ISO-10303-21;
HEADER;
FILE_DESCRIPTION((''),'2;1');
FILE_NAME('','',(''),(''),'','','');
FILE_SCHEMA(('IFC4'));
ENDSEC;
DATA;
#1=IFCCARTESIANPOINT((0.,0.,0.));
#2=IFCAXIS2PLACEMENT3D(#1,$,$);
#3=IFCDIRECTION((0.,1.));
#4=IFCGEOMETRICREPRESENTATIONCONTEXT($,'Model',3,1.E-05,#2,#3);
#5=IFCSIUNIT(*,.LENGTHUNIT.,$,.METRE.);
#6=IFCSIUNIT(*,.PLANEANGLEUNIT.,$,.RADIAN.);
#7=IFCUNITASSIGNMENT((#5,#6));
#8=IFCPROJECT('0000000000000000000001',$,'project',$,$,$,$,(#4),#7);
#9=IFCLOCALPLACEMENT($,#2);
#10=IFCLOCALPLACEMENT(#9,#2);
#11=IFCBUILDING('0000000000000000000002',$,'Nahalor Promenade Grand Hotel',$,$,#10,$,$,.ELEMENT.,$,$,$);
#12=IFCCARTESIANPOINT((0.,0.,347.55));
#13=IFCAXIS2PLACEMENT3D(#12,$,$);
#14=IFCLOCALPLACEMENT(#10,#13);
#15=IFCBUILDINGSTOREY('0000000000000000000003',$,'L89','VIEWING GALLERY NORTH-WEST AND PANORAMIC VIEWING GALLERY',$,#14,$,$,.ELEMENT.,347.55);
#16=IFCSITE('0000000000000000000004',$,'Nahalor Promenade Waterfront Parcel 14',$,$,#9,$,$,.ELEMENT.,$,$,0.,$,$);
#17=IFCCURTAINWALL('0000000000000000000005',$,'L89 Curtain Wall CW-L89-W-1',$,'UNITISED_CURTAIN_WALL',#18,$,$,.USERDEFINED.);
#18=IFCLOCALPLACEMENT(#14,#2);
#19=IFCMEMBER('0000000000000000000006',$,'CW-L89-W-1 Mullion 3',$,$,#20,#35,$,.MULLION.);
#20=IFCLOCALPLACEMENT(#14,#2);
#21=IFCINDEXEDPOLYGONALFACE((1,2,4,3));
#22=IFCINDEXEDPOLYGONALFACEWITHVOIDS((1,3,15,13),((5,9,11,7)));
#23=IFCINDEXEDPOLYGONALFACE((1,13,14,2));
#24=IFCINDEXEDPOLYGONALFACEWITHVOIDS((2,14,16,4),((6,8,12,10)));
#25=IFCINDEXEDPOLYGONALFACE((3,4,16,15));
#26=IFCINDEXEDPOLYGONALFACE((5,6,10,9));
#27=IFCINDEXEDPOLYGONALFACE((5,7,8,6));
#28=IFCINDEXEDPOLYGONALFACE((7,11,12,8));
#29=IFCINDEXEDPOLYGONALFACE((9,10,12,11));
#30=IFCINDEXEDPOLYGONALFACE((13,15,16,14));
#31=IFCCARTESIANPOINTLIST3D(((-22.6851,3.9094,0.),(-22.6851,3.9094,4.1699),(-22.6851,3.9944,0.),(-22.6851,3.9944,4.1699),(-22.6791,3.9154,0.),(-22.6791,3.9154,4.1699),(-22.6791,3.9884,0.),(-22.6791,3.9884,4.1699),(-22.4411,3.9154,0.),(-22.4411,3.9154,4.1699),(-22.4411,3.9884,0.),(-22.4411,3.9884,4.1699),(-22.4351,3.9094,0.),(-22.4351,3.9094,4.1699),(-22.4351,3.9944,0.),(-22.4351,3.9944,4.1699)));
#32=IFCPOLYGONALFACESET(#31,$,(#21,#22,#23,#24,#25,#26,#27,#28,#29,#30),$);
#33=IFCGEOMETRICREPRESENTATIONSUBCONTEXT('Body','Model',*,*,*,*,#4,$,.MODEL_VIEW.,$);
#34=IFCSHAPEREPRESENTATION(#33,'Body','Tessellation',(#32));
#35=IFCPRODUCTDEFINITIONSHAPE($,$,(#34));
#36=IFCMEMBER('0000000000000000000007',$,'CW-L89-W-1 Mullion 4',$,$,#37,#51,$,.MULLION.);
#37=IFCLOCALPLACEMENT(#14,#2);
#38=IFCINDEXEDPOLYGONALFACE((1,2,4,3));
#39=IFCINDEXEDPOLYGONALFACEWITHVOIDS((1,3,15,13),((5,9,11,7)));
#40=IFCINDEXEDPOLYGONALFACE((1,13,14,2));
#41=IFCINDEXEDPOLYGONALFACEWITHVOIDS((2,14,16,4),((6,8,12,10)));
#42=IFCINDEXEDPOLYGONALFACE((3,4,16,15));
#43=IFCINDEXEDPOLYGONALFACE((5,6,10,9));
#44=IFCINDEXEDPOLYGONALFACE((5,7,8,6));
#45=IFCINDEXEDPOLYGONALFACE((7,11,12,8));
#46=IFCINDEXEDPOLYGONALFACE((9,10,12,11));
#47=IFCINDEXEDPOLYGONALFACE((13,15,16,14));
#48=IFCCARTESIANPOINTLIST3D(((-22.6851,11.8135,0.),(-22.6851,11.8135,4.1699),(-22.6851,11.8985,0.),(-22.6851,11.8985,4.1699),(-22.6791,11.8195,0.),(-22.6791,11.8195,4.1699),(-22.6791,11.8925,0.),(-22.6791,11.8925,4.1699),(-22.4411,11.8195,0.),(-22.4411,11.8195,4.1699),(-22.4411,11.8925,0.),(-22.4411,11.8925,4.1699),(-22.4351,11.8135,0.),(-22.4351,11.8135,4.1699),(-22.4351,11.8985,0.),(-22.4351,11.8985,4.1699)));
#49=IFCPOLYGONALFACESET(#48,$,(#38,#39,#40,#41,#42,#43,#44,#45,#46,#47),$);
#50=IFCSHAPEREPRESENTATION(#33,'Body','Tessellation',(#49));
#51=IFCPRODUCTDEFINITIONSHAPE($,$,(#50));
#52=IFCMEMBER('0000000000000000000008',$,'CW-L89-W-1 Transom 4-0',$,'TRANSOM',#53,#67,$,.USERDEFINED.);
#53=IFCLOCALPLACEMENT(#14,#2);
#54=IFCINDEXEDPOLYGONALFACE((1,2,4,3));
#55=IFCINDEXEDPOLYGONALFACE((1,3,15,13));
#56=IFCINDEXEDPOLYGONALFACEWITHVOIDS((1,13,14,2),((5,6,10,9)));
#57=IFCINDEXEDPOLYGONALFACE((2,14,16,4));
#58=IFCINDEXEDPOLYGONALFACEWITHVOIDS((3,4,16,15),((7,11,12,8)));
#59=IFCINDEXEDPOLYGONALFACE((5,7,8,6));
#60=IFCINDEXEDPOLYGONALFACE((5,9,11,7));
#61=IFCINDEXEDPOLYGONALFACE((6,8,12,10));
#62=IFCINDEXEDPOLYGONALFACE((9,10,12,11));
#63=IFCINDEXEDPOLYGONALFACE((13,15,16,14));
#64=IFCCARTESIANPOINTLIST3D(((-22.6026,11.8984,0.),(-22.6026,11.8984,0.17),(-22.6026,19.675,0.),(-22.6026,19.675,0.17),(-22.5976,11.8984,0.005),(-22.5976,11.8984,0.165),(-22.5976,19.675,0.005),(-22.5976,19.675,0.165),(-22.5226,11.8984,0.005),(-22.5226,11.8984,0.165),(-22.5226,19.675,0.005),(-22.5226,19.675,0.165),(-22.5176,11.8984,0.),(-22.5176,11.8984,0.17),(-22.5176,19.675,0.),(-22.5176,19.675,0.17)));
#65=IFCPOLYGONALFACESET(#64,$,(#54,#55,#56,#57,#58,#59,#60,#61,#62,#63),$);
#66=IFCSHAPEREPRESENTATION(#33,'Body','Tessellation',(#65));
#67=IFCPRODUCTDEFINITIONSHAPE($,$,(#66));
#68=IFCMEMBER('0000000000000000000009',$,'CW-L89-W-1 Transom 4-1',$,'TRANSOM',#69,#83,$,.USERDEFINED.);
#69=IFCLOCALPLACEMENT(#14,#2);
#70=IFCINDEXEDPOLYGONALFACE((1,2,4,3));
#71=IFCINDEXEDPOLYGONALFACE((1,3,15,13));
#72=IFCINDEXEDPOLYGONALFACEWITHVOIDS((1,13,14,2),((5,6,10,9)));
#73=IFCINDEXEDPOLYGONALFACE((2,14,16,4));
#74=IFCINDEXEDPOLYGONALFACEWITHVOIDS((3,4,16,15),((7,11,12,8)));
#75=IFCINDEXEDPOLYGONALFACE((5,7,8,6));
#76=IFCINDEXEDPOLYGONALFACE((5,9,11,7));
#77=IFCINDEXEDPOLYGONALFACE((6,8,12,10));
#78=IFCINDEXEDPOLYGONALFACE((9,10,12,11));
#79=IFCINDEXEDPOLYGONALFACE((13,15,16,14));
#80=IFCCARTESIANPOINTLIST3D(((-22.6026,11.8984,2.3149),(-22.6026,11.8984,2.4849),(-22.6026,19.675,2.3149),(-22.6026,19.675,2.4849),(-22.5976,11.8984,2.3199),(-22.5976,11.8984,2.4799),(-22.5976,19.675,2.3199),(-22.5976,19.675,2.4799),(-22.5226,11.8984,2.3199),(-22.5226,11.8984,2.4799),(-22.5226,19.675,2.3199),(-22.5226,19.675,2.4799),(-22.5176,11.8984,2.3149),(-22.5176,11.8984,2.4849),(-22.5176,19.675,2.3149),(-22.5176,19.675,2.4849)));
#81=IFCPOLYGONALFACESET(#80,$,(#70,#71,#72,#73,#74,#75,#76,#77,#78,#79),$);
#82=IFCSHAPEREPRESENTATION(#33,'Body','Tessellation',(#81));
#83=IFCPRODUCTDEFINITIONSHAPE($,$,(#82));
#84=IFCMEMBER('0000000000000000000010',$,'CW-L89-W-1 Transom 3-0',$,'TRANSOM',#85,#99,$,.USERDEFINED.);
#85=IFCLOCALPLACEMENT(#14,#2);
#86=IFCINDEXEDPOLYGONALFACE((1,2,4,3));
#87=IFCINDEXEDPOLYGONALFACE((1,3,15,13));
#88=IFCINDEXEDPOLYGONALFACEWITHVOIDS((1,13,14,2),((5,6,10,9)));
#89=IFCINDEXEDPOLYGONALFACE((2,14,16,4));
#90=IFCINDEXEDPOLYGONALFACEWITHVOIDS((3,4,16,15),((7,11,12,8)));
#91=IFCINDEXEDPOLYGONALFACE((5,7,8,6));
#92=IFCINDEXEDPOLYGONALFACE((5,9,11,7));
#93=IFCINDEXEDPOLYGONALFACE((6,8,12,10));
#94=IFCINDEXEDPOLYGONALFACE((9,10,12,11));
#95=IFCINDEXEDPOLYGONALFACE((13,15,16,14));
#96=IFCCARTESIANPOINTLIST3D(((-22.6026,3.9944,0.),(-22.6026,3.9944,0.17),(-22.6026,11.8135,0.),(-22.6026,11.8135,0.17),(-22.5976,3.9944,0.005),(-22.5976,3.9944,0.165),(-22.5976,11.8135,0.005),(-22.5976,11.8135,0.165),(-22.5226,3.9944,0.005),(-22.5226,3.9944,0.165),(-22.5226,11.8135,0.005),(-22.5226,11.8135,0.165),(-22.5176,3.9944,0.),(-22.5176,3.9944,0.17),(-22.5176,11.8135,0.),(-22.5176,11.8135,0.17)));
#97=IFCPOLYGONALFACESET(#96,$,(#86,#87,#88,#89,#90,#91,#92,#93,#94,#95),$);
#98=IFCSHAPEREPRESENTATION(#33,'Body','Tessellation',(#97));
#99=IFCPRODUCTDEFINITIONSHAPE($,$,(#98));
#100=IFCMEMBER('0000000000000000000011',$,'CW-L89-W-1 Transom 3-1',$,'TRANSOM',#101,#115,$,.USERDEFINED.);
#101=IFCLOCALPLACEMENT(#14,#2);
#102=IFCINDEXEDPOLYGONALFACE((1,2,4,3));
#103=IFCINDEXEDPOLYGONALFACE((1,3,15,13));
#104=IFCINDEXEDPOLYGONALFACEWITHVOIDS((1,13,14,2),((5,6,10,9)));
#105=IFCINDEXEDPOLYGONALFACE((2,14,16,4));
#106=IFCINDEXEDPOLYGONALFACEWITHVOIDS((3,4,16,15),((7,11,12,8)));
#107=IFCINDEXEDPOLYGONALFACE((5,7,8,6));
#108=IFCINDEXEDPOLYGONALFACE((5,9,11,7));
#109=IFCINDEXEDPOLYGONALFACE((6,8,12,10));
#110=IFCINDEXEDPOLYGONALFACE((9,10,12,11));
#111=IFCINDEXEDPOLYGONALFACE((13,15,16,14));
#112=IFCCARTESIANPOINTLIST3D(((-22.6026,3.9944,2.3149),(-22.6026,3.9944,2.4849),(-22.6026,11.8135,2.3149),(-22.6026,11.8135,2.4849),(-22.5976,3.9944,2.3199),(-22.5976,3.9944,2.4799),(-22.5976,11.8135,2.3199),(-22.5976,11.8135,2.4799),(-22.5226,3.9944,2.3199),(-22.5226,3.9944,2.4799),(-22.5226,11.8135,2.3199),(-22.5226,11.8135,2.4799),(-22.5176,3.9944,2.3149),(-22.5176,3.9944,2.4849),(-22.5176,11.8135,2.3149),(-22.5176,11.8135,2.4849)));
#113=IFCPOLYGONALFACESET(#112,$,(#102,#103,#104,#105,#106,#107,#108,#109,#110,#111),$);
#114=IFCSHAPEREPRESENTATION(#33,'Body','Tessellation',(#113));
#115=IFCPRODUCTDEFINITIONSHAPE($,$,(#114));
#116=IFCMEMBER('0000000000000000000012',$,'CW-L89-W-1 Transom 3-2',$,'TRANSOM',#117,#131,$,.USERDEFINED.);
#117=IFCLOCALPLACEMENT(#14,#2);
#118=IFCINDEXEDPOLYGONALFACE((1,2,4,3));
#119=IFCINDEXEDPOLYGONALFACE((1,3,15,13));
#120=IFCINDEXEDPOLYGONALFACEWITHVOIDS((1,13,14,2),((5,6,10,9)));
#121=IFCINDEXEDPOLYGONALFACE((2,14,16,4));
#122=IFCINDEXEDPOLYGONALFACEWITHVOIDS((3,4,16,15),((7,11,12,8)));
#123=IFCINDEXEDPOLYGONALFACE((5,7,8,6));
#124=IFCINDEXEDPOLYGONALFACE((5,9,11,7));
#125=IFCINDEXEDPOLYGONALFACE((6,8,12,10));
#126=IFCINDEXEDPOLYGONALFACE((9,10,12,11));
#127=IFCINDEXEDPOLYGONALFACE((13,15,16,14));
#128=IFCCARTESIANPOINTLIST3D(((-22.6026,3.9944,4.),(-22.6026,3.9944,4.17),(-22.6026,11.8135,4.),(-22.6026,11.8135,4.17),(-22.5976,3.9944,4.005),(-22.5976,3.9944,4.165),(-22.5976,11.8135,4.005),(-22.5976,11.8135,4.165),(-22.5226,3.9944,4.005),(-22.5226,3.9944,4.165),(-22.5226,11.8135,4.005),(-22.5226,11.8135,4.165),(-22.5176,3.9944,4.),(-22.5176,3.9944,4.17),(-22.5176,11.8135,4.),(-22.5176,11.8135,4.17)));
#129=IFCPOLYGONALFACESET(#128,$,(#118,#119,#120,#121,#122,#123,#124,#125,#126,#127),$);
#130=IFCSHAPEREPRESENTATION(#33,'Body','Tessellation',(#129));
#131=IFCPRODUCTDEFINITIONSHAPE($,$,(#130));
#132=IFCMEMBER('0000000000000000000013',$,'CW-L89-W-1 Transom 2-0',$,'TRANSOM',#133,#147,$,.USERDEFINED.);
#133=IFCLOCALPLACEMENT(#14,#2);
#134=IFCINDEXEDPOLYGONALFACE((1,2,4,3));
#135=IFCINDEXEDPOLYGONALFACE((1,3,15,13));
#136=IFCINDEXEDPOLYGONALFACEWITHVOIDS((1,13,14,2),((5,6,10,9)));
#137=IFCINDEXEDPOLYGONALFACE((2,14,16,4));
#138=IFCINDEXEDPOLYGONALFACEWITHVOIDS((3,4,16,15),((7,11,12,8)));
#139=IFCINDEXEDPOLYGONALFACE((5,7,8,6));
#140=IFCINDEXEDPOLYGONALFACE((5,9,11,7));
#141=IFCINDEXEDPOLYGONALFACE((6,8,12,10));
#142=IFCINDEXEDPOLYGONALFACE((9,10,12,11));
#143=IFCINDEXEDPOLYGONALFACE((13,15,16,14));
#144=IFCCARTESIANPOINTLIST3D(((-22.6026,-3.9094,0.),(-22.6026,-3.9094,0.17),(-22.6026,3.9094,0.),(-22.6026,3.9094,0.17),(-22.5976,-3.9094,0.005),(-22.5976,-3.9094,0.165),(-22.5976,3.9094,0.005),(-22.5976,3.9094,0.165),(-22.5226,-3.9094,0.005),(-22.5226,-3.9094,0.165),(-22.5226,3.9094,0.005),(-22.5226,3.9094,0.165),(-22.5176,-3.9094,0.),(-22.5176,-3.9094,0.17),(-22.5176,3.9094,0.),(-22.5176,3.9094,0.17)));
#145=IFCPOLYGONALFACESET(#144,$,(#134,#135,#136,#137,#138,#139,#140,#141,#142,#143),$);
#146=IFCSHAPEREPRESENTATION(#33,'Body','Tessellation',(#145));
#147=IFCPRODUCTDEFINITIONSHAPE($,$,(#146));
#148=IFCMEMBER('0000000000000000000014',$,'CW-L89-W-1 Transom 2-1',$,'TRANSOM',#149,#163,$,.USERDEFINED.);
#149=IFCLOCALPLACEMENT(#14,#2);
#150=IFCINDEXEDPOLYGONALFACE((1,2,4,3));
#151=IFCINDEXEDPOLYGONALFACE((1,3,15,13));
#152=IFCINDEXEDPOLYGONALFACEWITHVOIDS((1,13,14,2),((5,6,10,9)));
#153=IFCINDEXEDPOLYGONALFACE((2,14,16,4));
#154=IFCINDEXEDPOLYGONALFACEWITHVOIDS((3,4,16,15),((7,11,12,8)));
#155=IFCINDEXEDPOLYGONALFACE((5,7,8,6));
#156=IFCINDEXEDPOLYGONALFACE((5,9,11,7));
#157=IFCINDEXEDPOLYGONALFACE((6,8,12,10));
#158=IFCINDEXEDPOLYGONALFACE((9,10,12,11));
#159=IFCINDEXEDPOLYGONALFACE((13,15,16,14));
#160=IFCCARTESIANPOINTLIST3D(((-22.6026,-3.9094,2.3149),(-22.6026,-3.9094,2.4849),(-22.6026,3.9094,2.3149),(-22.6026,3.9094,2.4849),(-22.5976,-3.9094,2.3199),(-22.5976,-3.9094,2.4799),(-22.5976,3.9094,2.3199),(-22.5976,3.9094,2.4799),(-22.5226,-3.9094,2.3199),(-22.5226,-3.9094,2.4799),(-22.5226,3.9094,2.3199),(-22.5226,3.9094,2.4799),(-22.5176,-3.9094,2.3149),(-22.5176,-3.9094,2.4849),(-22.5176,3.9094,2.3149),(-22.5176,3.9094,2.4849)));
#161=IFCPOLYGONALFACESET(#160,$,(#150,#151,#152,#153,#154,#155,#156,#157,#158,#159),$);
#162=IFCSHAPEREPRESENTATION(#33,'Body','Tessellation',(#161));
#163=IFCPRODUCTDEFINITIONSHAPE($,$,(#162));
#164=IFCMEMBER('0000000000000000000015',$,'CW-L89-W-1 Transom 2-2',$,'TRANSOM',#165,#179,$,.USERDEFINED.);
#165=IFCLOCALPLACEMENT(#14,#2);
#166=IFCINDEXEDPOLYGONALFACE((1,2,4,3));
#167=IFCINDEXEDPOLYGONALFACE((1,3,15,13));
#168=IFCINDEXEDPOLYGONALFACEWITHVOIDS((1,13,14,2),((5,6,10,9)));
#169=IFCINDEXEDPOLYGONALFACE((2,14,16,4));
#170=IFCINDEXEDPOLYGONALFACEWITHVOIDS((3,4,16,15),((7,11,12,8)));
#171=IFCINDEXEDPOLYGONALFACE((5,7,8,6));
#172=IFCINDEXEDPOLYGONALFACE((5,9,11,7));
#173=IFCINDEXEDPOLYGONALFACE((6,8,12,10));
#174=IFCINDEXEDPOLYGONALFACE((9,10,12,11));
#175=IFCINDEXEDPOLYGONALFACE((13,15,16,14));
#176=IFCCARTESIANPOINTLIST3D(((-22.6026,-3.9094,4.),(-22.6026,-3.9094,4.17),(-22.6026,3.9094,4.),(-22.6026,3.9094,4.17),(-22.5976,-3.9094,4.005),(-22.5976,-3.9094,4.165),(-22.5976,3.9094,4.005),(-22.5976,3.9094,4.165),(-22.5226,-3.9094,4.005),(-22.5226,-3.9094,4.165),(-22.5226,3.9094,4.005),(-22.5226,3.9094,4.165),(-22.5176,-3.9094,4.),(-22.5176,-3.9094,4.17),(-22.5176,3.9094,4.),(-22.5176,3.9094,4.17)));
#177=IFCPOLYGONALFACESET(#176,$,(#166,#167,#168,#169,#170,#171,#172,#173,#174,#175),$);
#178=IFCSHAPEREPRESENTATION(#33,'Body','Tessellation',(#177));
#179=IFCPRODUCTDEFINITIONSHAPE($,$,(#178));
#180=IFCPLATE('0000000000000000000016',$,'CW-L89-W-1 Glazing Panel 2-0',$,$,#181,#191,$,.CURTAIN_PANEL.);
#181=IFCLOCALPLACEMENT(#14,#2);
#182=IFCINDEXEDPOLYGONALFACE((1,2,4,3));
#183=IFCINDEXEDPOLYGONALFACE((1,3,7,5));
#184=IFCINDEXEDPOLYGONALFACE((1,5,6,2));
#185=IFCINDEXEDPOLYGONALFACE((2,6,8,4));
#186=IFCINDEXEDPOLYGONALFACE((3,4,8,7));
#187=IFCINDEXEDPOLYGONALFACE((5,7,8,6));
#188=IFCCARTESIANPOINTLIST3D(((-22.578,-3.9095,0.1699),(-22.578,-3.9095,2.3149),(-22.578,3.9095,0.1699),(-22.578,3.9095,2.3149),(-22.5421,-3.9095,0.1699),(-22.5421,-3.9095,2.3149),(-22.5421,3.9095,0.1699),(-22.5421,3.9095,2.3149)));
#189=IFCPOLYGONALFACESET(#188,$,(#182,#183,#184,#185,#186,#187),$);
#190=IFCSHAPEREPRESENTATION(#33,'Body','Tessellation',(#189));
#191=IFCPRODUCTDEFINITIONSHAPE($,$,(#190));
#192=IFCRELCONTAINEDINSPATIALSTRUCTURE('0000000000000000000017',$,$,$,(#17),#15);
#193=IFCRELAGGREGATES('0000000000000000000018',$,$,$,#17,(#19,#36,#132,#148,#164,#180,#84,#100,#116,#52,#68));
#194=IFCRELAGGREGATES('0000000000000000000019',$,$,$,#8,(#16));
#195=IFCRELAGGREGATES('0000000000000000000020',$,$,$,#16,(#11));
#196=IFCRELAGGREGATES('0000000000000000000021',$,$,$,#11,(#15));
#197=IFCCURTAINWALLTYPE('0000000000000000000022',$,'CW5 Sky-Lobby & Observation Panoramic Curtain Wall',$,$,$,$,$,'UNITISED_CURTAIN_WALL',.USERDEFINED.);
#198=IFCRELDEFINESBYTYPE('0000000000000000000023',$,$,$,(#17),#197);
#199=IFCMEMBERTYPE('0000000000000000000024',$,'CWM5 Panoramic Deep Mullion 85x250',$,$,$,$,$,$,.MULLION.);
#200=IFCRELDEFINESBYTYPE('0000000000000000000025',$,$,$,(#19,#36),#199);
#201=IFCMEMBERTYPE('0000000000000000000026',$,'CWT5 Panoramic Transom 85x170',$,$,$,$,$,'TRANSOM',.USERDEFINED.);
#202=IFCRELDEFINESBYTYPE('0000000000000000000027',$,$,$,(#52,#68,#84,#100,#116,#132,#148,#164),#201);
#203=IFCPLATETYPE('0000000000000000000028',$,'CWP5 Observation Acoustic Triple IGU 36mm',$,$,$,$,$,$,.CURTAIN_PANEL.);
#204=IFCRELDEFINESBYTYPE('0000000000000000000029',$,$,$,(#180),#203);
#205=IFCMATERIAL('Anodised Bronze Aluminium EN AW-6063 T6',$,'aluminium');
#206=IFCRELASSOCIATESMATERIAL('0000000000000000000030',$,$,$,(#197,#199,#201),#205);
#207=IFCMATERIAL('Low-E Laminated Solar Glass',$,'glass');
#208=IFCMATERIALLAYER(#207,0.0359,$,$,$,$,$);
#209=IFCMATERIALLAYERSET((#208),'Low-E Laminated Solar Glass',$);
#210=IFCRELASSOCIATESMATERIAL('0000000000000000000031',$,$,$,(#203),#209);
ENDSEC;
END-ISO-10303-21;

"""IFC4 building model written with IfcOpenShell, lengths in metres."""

from ifc_helpers import new_model, si_unit, direction, frame, origin, origin_2d, place, context, subcontext, project, spatial, rectangle, hollow_rectangle, extrude, source, transform, mapped, material, layer, layer_set, material_profile, profile_set, type_object, element, aggregate, save


model = new_model("IFC4")

# Units and contexts
model_context = context("Model", 3, precision=1e-05, world=origin(), true_north=direction((0.0, 1.0)))
body_context = subcontext(model_context, "Body", "Model", "MODEL_VIEW")
ifc_project = project(units=[si_unit("LENGTHUNIT", "METRE"), si_unit("PLANEANGLEUNIT", "RADIAN")], contexts=[model_context])

# Site, building, storey
site_placement = place(None, origin())
site = spatial("IfcSite", under=ifc_project, at=site_placement, Name="Nahalor Promenade Waterfront Parcel 14", CompositionType="ELEMENT", RefElevation=0.0)
building_placement = place(site_placement, origin())
building = spatial("IfcBuilding", under=site, at=building_placement, Name="Nahalor Promenade Grand Hotel", CompositionType="ELEMENT")
storey_placement = place(building_placement, frame((0.0, 0.0, 347.55)))
storey = spatial("IfcBuildingStorey", under=building, at=storey_placement, Name="L89", Description="VIEWING GALLERY NORTH-WEST AND PANORAMIC VIEWING GALLERY", CompositionType="ELEMENT", Elevation=347.55)

# Curtain wall, members, plate
ifc_material_1 = material(Name="Anodised Bronze Aluminium EN AW-6063 T6", Category="aluminium")
curtain_wall_type = type_object("IfcCurtainWallType", Name="CW5 Sky-Lobby & Observation Panoramic Curtain Wall", ElementType="UNITISED_CURTAIN_WALL", PredefinedType="USERDEFINED", material=ifc_material_1)
curtain_wall_placement = place(storey_placement, origin())
curtain_wall = element("IfcCurtainWall", 1, at=curtain_wall_placement, inside=storey, type_object=curtain_wall_type, Name="L89 Curtain Wall CW-L89-W-1", ObjectType="UNITISED_CURTAIN_WALL", PredefinedType="USERDEFINED")
ifc_material_profile_1 = material_profile(ifc_material_1, hollow_rectangle(XDim=0.085, YDim=0.25, WallThickness=0.006, at=origin_2d()), Name="CWM 85x250x6")
ifc_profile_set_1 = profile_set([ifc_material_profile_1], Name="Anodised Bronze Aluminium EN AW-6063 T6")
member_type_1 = type_object("IfcMemberType", Name="CWM5 Panoramic Deep Mullion 85x250", PredefinedType="MULLION", material=ifc_profile_set_1)
shared_shape_1 = source(origin(), body_context, "Body", "SweptSolid", [
    extrude(hollow_rectangle(XDim=0.085, YDim=0.25, WallThickness=0.006, at=origin_2d()), origin(), (0.0, 0.0, 1.0), 4.1699),
])
member_1_placement = place(storey_placement, frame((-22.5601, 3.9519, 0.0), z_axis=(0.0, 0.0, 1.0), x_axis=(0.0, 1.0, 0.0)))
member_1 = element("IfcMember", 2, at=member_1_placement, type_object=member_type_1, Name="CW-L89-W-1 Mullion 3", PredefinedType="MULLION", context=body_context, shape_type="MappedRepresentation", body=[
    mapped(shared_shape_1, transform((0.0, 0.0, 0.0), scale=1.0)),
])
member_2_placement = place(storey_placement, frame((-22.5601, 11.856, 0.0), z_axis=(0.0, 0.0, 1.0), x_axis=(0.0, 1.0, 0.0)))
member_2 = element("IfcMember", 3, at=member_2_placement, type_object=member_type_1, Name="CW-L89-W-1 Mullion 4", PredefinedType="MULLION", context=body_context, shape_type="MappedRepresentation", body=[
    mapped(shared_shape_1, transform((0.0, 0.0, 0.0), scale=1.0)),
])
ifc_material_profile_2 = material_profile(ifc_material_1, hollow_rectangle(XDim=0.085, YDim=0.17, WallThickness=0.005, at=origin_2d()), Name="CWT 85x170x5")
ifc_profile_set_2 = profile_set([ifc_material_profile_2], Name="Anodised Bronze Aluminium EN AW-6063 T6")
member_type_2 = type_object("IfcMemberType", Name="CWT5 Panoramic Transom 85x170", ElementType="TRANSOM", PredefinedType="USERDEFINED", material=ifc_profile_set_2)
shared_shape_2 = source(origin(), body_context, "Body", "SweptSolid", [
    extrude(hollow_rectangle(XDim=0.085, YDim=0.17, WallThickness=0.005, at=origin_2d()), origin(), (0.0, 0.0, 1.0), 7.7766),
])
member_3_placement = place(storey_placement, frame((-22.5601, 11.8984, 0.085), z_axis=(0.0, 1.0, 0.0), x_axis=(-1.0, 0.0, 0.0)))
member_3 = element("IfcMember", 4, at=member_3_placement, type_object=member_type_2, Name="CW-L89-W-1 Transom 4-0", ObjectType="TRANSOM", PredefinedType="USERDEFINED", context=body_context, shape_type="MappedRepresentation", body=[
    mapped(shared_shape_2, transform((0.0, 0.0, 0.0), scale=1.0)),
])
member_4_placement = place(storey_placement, frame((-22.5601, 11.8984, 2.3999), z_axis=(0.0, 1.0, 0.0), x_axis=(-1.0, 0.0, 0.0)))
member_4 = element("IfcMember", 5, at=member_4_placement, type_object=member_type_2, Name="CW-L89-W-1 Transom 4-1", ObjectType="TRANSOM", PredefinedType="USERDEFINED", context=body_context, shape_type="MappedRepresentation", body=[
    mapped(shared_shape_2, transform((0.0, 0.0, 0.0), scale=1.0)),
])
shared_shape_3 = source(origin(), body_context, "Body", "SweptSolid", [
    extrude(hollow_rectangle(XDim=0.085, YDim=0.17, WallThickness=0.005, at=origin_2d()), origin(), (0.0, 0.0, 1.0), 7.8191),
])
member_5_placement = place(storey_placement, frame((-22.5601, 3.9944, 0.085), z_axis=(0.0, 1.0, 0.0), x_axis=(-1.0, 0.0, 0.0)))
member_5 = element("IfcMember", 6, at=member_5_placement, type_object=member_type_2, Name="CW-L89-W-1 Transom 3-0", ObjectType="TRANSOM", PredefinedType="USERDEFINED", context=body_context, shape_type="MappedRepresentation", body=[
    mapped(shared_shape_3, transform((0.0, 0.0, 0.0), scale=1.0)),
])
member_6_placement = place(storey_placement, frame((-22.5601, 3.9944, 2.3999), z_axis=(0.0, 1.0, 0.0), x_axis=(-1.0, 0.0, 0.0)))
member_6 = element("IfcMember", 7, at=member_6_placement, type_object=member_type_2, Name="CW-L89-W-1 Transom 3-1", ObjectType="TRANSOM", PredefinedType="USERDEFINED", context=body_context, shape_type="MappedRepresentation", body=[
    mapped(shared_shape_3, transform((0.0, 0.0, 0.0), scale=1.0)),
])
member_7_placement = place(storey_placement, frame((-22.5601, 3.9944, 4.085), z_axis=(0.0, 1.0, 0.0), x_axis=(-1.0, 0.0, 0.0)))
member_7 = element("IfcMember", 8, at=member_7_placement, type_object=member_type_2, Name="CW-L89-W-1 Transom 3-2", ObjectType="TRANSOM", PredefinedType="USERDEFINED", context=body_context, shape_type="MappedRepresentation", body=[
    mapped(shared_shape_3, transform((0.0, 0.0, 0.0), scale=1.0)),
])
shared_shape_4 = source(origin(), body_context, "Body", "SweptSolid", [
    extrude(hollow_rectangle(XDim=0.085, YDim=0.17, WallThickness=0.005, at=origin_2d()), origin(), (0.0, 0.0, 1.0), 7.8188),
])
member_8_placement = place(storey_placement, frame((-22.5601, -3.9094, 0.085), z_axis=(0.0, 1.0, 0.0), x_axis=(-1.0, 0.0, 0.0)))
member_8 = element("IfcMember", 9, at=member_8_placement, type_object=member_type_2, Name="CW-L89-W-1 Transom 2-0", ObjectType="TRANSOM", PredefinedType="USERDEFINED", context=body_context, shape_type="MappedRepresentation", body=[
    mapped(shared_shape_4, transform((0.0, 0.0, 0.0), scale=1.0)),
])
member_9_placement = place(storey_placement, frame((-22.5601, -3.9094, 2.3999), z_axis=(0.0, 1.0, 0.0), x_axis=(-1.0, 0.0, 0.0)))
member_9 = element("IfcMember", 10, at=member_9_placement, type_object=member_type_2, Name="CW-L89-W-1 Transom 2-1", ObjectType="TRANSOM", PredefinedType="USERDEFINED", context=body_context, shape_type="MappedRepresentation", body=[
    mapped(shared_shape_4, transform((0.0, 0.0, 0.0), scale=1.0)),
])
member_10_placement = place(storey_placement, frame((-22.5601, -3.9094, 4.085), z_axis=(0.0, 1.0, 0.0), x_axis=(-1.0, 0.0, 0.0)))
member_10 = element("IfcMember", 11, at=member_10_placement, type_object=member_type_2, Name="CW-L89-W-1 Transom 2-2", ObjectType="TRANSOM", PredefinedType="USERDEFINED", context=body_context, shape_type="MappedRepresentation", body=[
    mapped(shared_shape_4, transform((0.0, 0.0, 0.0), scale=1.0)),
])
ifc_material_2 = material(Name="Low-E Laminated Solar Glass", Category="glass")
ifc_layer_1 = layer(ifc_material_2, 0.0359)
ifc_layer_set_1 = layer_set([ifc_layer_1], Name="Low-E Laminated Solar Glass")
plate_type = type_object("IfcPlateType", Name="CWP5 Observation Acoustic Triple IGU 36mm", PredefinedType="CURTAIN_PANEL", material=ifc_layer_set_1)
shared_shape_5 = source(origin(), body_context, "Body", "SweptSolid", [
    extrude(rectangle(XDim=7.8191, YDim=0.0359, at=origin_2d()), origin(), (0.0, 0.0, 1.0), 2.145),
])
plate_1_placement = place(storey_placement, frame((-22.5601, 0.0, 0.1699), z_axis=(0.0, 0.0, 1.0), x_axis=(0.0, 1.0, 0.0)))
plate_1 = element("IfcPlate", 12, at=plate_1_placement, type_object=plate_type, Name="CW-L89-W-1 Glazing Panel 2-0", PredefinedType="CURTAIN_PANEL", context=body_context, shape_type="MappedRepresentation", body=[
    mapped(shared_shape_5, transform((0.0, 0.0, 0.0), scale=1.0)),
])
aggregate(curtain_wall, [member_1, member_2, member_8, member_9, member_10, plate_1, member_5, member_6, member_7, member_3, member_4])

save(model, "model.ifc")
